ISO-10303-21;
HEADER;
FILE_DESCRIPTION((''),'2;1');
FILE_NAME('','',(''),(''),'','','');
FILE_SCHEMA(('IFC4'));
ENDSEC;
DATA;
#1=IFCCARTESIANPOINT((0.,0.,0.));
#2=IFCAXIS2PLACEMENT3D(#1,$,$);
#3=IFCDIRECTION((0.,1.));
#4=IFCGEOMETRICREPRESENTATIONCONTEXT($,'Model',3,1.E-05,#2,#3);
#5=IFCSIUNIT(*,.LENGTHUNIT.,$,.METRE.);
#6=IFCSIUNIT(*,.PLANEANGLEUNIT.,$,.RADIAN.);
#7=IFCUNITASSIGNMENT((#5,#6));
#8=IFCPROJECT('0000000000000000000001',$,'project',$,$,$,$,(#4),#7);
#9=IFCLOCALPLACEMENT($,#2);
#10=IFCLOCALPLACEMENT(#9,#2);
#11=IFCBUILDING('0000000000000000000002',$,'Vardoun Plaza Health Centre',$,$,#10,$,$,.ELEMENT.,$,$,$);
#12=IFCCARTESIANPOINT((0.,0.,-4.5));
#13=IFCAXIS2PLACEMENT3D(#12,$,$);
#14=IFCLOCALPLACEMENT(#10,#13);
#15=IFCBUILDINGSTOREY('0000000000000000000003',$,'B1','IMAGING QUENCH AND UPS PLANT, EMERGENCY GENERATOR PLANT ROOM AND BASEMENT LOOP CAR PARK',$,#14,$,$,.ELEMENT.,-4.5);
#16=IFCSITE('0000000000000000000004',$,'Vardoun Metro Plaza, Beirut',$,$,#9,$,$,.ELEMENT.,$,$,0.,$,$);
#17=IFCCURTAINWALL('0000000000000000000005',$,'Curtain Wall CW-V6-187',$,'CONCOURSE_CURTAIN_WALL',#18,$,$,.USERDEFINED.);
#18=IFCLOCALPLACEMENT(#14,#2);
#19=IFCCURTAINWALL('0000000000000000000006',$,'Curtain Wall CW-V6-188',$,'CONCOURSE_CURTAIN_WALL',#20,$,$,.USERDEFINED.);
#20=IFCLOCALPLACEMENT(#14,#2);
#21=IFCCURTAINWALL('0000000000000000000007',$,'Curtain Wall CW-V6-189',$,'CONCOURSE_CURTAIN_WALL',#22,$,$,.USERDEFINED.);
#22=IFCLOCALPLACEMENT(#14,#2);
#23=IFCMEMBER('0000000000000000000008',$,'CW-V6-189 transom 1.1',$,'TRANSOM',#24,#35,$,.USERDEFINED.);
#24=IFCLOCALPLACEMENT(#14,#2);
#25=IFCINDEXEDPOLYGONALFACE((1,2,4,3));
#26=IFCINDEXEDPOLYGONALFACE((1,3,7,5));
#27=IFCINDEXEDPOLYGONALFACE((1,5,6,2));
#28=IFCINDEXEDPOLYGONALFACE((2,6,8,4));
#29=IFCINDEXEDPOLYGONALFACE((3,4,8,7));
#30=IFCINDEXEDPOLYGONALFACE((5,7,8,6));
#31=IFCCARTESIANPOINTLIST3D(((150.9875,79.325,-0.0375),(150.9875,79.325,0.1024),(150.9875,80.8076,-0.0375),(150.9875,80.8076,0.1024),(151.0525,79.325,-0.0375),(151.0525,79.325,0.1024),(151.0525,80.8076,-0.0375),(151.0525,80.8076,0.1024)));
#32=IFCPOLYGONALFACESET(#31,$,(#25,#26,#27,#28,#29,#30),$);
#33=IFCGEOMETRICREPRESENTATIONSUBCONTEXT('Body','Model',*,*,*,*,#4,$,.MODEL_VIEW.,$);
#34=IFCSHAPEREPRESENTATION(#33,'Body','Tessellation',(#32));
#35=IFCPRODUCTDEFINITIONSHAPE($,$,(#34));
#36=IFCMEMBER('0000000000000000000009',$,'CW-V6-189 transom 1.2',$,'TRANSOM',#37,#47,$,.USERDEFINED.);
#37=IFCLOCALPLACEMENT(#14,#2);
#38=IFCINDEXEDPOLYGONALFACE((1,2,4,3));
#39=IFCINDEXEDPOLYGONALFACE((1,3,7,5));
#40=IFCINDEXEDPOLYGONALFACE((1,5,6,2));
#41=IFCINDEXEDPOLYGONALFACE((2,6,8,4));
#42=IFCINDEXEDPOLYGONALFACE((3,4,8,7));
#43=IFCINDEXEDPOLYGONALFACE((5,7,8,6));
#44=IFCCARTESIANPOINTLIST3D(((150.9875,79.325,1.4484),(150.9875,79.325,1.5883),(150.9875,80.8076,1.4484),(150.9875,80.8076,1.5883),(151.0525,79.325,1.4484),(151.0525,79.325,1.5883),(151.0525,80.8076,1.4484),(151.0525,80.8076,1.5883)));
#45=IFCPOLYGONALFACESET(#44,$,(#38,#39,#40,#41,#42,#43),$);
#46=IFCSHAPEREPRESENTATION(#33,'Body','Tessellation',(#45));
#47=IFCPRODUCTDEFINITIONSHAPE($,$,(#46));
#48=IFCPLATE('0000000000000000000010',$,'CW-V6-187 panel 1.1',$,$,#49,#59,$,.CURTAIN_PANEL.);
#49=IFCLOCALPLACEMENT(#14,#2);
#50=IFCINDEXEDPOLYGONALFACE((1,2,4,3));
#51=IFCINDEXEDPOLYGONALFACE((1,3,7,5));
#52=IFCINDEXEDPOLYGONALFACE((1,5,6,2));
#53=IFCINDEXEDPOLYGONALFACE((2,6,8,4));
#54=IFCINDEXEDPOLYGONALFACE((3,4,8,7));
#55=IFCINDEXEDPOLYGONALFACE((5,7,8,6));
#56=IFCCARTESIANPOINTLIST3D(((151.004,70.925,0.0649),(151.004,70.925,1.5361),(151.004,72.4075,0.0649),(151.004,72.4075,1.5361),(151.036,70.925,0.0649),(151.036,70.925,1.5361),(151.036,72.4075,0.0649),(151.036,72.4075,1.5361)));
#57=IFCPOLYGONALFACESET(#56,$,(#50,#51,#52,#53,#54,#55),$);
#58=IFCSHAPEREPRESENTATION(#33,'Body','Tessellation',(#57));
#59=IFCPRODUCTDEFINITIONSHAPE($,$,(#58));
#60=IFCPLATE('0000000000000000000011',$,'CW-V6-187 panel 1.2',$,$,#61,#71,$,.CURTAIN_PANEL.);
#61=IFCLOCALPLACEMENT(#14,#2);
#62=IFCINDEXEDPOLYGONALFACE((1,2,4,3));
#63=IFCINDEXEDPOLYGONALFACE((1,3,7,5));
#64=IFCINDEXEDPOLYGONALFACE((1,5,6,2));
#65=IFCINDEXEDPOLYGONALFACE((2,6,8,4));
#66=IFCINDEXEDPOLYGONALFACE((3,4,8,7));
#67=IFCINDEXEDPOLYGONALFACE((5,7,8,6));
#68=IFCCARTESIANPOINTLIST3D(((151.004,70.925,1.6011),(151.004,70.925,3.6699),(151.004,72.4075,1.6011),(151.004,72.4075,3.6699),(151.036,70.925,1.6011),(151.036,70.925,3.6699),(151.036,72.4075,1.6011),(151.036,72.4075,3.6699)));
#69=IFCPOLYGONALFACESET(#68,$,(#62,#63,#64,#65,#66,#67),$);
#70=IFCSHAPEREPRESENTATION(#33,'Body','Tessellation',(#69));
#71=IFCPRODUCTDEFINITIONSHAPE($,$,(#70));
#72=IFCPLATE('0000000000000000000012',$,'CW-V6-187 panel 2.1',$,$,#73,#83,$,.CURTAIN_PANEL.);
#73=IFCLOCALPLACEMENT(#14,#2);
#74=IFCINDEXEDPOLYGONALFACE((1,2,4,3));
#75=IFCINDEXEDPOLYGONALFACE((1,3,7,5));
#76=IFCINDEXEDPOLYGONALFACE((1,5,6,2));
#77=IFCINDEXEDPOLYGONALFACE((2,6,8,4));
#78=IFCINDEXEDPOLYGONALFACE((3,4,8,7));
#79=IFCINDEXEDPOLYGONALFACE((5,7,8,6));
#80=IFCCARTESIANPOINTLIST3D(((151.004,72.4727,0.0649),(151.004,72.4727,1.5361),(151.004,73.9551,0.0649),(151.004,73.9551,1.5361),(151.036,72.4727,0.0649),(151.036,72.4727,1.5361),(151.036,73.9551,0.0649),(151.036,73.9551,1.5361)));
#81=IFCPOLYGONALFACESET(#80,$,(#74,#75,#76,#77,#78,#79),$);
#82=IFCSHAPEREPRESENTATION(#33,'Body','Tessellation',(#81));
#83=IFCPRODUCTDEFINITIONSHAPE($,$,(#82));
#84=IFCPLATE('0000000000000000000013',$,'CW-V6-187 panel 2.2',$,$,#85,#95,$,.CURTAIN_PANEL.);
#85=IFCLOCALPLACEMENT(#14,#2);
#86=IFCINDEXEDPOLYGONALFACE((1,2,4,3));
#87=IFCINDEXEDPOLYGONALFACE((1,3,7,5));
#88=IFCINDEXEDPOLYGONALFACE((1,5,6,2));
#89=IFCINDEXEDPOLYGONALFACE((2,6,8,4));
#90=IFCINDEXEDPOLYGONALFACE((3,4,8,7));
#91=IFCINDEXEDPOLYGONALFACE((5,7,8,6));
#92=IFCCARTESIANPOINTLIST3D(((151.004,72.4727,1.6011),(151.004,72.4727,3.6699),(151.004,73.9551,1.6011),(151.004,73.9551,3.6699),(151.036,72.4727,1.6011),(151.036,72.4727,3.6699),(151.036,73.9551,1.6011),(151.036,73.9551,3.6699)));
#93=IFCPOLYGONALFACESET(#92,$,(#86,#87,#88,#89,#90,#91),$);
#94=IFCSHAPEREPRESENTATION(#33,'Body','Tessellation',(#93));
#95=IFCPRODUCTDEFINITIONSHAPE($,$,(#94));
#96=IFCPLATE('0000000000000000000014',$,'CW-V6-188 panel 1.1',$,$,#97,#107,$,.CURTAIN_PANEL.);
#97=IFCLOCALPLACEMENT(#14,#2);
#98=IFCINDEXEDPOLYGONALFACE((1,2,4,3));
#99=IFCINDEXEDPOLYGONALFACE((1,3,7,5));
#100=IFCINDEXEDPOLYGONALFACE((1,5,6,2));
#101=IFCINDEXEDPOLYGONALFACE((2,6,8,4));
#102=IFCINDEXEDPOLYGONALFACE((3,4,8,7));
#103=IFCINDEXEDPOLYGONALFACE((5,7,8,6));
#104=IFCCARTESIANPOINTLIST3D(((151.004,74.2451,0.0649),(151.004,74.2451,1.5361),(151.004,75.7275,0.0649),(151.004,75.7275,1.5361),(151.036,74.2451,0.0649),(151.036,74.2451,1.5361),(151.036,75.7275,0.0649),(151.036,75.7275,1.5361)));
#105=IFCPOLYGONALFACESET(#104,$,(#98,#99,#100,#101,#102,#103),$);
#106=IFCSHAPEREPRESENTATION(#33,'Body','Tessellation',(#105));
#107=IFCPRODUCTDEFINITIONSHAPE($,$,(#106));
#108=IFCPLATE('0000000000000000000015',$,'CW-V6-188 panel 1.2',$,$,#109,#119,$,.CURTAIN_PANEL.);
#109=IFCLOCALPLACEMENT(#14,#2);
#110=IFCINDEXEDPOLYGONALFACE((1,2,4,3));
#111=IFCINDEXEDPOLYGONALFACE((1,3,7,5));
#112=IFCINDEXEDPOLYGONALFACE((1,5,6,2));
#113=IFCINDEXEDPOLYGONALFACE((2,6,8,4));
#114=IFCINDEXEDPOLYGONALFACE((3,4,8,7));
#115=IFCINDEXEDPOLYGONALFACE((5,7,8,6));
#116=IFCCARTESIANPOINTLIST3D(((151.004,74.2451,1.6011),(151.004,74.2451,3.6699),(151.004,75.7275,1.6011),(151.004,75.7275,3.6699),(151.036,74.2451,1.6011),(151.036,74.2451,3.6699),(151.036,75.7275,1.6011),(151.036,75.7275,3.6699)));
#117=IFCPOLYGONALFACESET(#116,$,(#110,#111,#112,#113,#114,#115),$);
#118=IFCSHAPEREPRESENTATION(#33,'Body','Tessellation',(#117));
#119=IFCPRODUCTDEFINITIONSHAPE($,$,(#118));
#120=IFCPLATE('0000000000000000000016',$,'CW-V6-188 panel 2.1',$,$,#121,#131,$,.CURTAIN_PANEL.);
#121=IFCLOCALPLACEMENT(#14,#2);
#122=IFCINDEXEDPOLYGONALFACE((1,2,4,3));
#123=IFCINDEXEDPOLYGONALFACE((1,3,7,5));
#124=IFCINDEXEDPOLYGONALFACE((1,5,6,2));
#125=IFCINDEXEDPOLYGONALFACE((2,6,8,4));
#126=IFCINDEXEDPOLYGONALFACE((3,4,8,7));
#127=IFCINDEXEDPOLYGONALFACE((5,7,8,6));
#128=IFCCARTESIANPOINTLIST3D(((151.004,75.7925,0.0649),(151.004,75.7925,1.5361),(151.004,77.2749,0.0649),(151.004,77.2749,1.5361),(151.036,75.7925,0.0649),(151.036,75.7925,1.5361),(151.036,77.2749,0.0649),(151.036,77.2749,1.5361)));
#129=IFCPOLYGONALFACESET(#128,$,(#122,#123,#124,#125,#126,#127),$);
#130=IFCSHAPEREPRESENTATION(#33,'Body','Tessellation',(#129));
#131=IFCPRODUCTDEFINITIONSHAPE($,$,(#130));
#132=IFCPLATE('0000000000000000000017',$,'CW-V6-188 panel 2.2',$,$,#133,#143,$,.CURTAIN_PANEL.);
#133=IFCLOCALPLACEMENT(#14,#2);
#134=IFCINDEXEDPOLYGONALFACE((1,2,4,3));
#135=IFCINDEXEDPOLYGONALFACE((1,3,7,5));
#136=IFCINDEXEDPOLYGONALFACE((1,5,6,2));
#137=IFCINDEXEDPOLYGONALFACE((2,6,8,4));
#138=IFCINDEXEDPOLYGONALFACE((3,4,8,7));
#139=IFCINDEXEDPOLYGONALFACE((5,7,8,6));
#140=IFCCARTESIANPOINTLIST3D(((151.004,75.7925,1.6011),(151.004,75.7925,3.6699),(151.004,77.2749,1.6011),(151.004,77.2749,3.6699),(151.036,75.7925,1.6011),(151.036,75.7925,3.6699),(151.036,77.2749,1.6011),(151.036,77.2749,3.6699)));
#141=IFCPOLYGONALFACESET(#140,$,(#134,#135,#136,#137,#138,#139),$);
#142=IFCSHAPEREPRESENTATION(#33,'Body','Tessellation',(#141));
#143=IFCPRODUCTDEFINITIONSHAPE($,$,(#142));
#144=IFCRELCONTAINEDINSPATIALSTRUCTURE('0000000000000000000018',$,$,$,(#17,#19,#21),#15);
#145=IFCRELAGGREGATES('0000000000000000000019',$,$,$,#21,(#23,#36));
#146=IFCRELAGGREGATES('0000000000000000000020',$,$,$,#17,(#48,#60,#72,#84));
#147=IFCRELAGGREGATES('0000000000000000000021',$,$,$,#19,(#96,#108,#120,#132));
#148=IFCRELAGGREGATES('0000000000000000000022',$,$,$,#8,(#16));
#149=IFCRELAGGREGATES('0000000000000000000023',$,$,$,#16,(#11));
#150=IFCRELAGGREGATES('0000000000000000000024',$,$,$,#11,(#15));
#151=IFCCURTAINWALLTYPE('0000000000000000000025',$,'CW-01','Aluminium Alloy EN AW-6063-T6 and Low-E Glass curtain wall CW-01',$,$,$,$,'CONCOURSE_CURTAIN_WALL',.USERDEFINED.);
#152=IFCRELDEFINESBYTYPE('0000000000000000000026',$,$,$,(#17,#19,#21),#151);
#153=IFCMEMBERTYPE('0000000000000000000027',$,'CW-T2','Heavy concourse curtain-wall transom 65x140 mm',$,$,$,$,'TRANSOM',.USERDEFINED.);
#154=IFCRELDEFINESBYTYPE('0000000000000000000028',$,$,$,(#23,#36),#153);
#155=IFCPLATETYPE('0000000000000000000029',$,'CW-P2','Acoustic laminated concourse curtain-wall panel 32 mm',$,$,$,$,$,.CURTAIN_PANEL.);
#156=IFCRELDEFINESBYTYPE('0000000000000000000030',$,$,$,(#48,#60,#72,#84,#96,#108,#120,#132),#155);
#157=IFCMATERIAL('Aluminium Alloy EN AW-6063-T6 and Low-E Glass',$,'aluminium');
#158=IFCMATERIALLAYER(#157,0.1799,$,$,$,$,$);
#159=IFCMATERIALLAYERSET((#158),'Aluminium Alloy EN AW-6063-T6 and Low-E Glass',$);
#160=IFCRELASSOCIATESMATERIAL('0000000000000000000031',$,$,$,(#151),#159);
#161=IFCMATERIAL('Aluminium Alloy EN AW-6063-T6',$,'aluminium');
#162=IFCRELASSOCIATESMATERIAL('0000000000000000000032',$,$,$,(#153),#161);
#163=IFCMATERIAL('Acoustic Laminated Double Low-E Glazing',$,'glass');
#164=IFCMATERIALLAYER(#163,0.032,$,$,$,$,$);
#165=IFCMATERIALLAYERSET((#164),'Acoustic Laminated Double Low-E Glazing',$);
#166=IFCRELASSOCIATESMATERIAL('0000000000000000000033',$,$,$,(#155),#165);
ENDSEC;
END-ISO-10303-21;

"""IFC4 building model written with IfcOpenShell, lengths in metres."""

from ifc_helpers import new_model, si_unit, direction, frame, origin, origin_2d, place, context, subcontext, project, spatial, rectangle, extrude, material, layer, layer_set, material_profile, profile_set, type_object, element, aggregate, save


model = new_model("IFC4")

# Units and contexts
model_context = context("Model", 3, precision=1e-05, world=origin(), true_north=direction((0.0, 1.0)))
body_context = subcontext(model_context, "Body", "Model", "MODEL_VIEW")
ifc_project = project(units=[si_unit("LENGTHUNIT", "METRE"), si_unit("PLANEANGLEUNIT", "RADIAN")], contexts=[model_context])

# Site, building, storey
site_placement = place(None, origin())
site = spatial("IfcSite", under=ifc_project, at=site_placement, Name="Vardoun Metro Plaza, Beirut", CompositionType="ELEMENT", RefElevation=0.0)
building_placement = place(site_placement, origin())
building = spatial("IfcBuilding", under=site, at=building_placement, Name="Vardoun Plaza Health Centre", CompositionType="ELEMENT")
storey_placement = place(building_placement, frame((0.0, 0.0, -4.5)))
storey = spatial("IfcBuildingStorey", under=building, at=storey_placement, Name="B1", Description="IMAGING QUENCH AND UPS PLANT, EMERGENCY GENERATOR PLANT ROOM AND BASEMENT LOOP CAR PARK", CompositionType="ELEMENT", Elevation=-4.5)

# Curtain walls
ifc_material_1 = material(Name="Aluminium Alloy EN AW-6063-T6 and Low-E Glass", Category="aluminium")
ifc_layer_1 = layer(ifc_material_1, 0.1799)
ifc_layer_set_1 = layer_set([ifc_layer_1], Name="Aluminium Alloy EN AW-6063-T6 and Low-E Glass")
curtain_wall_type = type_object("IfcCurtainWallType", Name="CW-01", Description="Aluminium Alloy EN AW-6063-T6 and Low-E Glass curtain wall CW-01", ElementType="CONCOURSE_CURTAIN_WALL", PredefinedType="USERDEFINED", material=ifc_layer_set_1)
curtain_wall_1_placement = place(storey_placement, origin())
curtain_wall_1 = element("IfcCurtainWall", 1, at=curtain_wall_1_placement, inside=storey, type_object=curtain_wall_type, Name="Curtain Wall CW-V6-187", ObjectType="CONCOURSE_CURTAIN_WALL", PredefinedType="USERDEFINED")
curtain_wall_2_placement = place(storey_placement, origin())
curtain_wall_2 = element("IfcCurtainWall", 2, at=curtain_wall_2_placement, inside=storey, type_object=curtain_wall_type, Name="Curtain Wall CW-V6-188", ObjectType="CONCOURSE_CURTAIN_WALL", PredefinedType="USERDEFINED")

# Curtain wall
curtain_wall_3_placement = place(storey_placement, origin())
curtain_wall_3 = element("IfcCurtainWall", 3, at=curtain_wall_3_placement, inside=storey, type_object=curtain_wall_type, Name="Curtain Wall CW-V6-189", ObjectType="CONCOURSE_CURTAIN_WALL", PredefinedType="USERDEFINED")

# Members
ifc_material_2 = material(Name="Aluminium Alloy EN AW-6063-T6", Category="aluminium")
ifc_material_profile_1 = material_profile(ifc_material_2, rectangle(XDim=0.0649, YDim=0.1399, at=origin_2d()), Name="CWT 65x140")
ifc_profile_set_1 = profile_set([ifc_material_profile_1], Name="Aluminium Alloy EN AW-6063-T6")
member_type_1 = type_object("IfcMemberType", Name="CW-T2", Description="Heavy concourse curtain-wall transom 65x140 mm", ElementType="TRANSOM", PredefinedType="USERDEFINED", material=ifc_profile_set_1)
member_1_placement = place(storey_placement, frame((151.02, 79.325, 0.0325), z_axis=(0.0, 1.0, 0.0), x_axis=(-1.0, 0.0, 0.0)))
member_1 = element("IfcMember", 4, at=member_1_placement, type_object=member_type_1, Name="CW-V6-189 transom 1.1", ObjectType="TRANSOM", PredefinedType="USERDEFINED", context=body_context, shape_type="SweptSolid", body=[
    extrude(rectangle(XDim=0.0649, YDim=0.1399, at=origin_2d()), origin(), (0.0, 0.0, 1.0), 1.4827),
])
member_2_placement = place(storey_placement, frame((151.02, 79.325, 1.5183), z_axis=(0.0, 1.0, 0.0), x_axis=(-1.0, 0.0, 0.0)))
member_2 = element("IfcMember", 5, at=member_2_placement, type_object=member_type_1, Name="CW-V6-189 transom 1.2", ObjectType="TRANSOM", PredefinedType="USERDEFINED", context=body_context, shape_type="SweptSolid", body=[
    extrude(rectangle(XDim=0.0649, YDim=0.1399, at=origin_2d()), origin(), (0.0, 0.0, 1.0), 1.4827),
])
aggregate(curtain_wall_3, [member_1, member_2])

# Plates
ifc_material_3 = material(Name="Acoustic Laminated Double Low-E Glazing", Category="glass")
ifc_layer_2 = layer(ifc_material_3, 0.032)
ifc_layer_set_2 = layer_set([ifc_layer_2], Name="Acoustic Laminated Double Low-E Glazing")
plate_type = type_object("IfcPlateType", Name="CW-P2", Description="Acoustic laminated concourse curtain-wall panel 32 mm", PredefinedType="CURTAIN_PANEL", material=ifc_layer_set_2)
plate_1_placement = place(storey_placement, frame((151.02, 71.6663, 0.0649), z_axis=(0.0, 0.0, 1.0), x_axis=(0.0, 1.0, 0.0)))
plate_1 = element("IfcPlate", 6, at=plate_1_placement, type_object=plate_type, Name="CW-V6-187 panel 1.1", PredefinedType="CURTAIN_PANEL", context=body_context, shape_type="SweptSolid", body=[
    extrude(rectangle(XDim=1.4824, YDim=0.032, at=origin_2d()), origin(), (0.0, 0.0, 1.0), 1.4712),
])
plate_2_placement = place(storey_placement, frame((151.02, 71.6663, 1.6011), z_axis=(0.0, 0.0, 1.0), x_axis=(0.0, 1.0, 0.0)))
plate_2 = element("IfcPlate", 7, at=plate_2_placement, type_object=plate_type, Name="CW-V6-187 panel 1.2", PredefinedType="CURTAIN_PANEL", context=body_context, shape_type="SweptSolid", body=[
    extrude(rectangle(XDim=1.4824, YDim=0.032, at=origin_2d()), origin(), (0.0, 0.0, 1.0), 2.0688),
])
plate_3_placement = place(storey_placement, frame((151.02, 73.2139, 0.0649), z_axis=(0.0, 0.0, 1.0), x_axis=(0.0, 1.0, 0.0)))
plate_3 = element("IfcPlate", 8, at=plate_3_placement, type_object=plate_type, Name="CW-V6-187 panel 2.1", PredefinedType="CURTAIN_PANEL", context=body_context, shape_type="SweptSolid", body=[
    extrude(rectangle(XDim=1.4824, YDim=0.032, at=origin_2d()), origin(), (0.0, 0.0, 1.0), 1.4712),
])
plate_4_placement = place(storey_placement, frame((151.02, 73.2139, 1.6011), z_axis=(0.0, 0.0, 1.0), x_axis=(0.0, 1.0, 0.0)))
plate_4 = element("IfcPlate", 9, at=plate_4_placement, type_object=plate_type, Name="CW-V6-187 panel 2.2", PredefinedType="CURTAIN_PANEL", context=body_context, shape_type="SweptSolid", body=[
    extrude(rectangle(XDim=1.4824, YDim=0.032, at=origin_2d()), origin(), (0.0, 0.0, 1.0), 2.0688),
])
aggregate(curtain_wall_1, [plate_1, plate_2, plate_3, plate_4])
plate_5_placement = place(storey_placement, frame((151.02, 74.9863, 0.0649), z_axis=(0.0, 0.0, 1.0), x_axis=(0.0, 1.0, 0.0)))
plate_5 = element("IfcPlate", 10, at=plate_5_placement, type_object=plate_type, Name="CW-V6-188 panel 1.1", PredefinedType="CURTAIN_PANEL", context=body_context, shape_type="SweptSolid", body=[
    extrude(rectangle(XDim=1.4824, YDim=0.032, at=origin_2d()), origin(), (0.0, 0.0, 1.0), 1.4712),
])
plate_6_placement = place(storey_placement, frame((151.02, 74.9863, 1.6011), z_axis=(0.0, 0.0, 1.0), x_axis=(0.0, 1.0, 0.0)))
plate_6 = element("IfcPlate", 11, at=plate_6_placement, type_object=plate_type, Name="CW-V6-188 panel 1.2", PredefinedType="CURTAIN_PANEL", context=body_context, shape_type="SweptSolid", body=[
    extrude(rectangle(XDim=1.4824, YDim=0.032, at=origin_2d()), origin(), (0.0, 0.0, 1.0), 2.0688),
])
plate_7_placement = place(storey_placement, frame((151.02, 76.5337, 0.0649), z_axis=(0.0, 0.0, 1.0), x_axis=(0.0, 1.0, 0.0)))
plate_7 = element("IfcPlate", 12, at=plate_7_placement, type_object=plate_type, Name="CW-V6-188 panel 2.1", PredefinedType="CURTAIN_PANEL", context=body_context, shape_type="SweptSolid", body=[
    extrude(rectangle(XDim=1.4824, YDim=0.032, at=origin_2d()), origin(), (0.0, 0.0, 1.0), 1.4712),
])
plate_8_placement = place(storey_placement, frame((151.02, 76.5337, 1.6011), z_axis=(0.0, 0.0, 1.0), x_axis=(0.0, 1.0, 0.0)))
plate_8 = element("IfcPlate", 13, at=plate_8_placement, type_object=plate_type, Name="CW-V6-188 panel 2.2", PredefinedType="CURTAIN_PANEL", context=body_context, shape_type="SweptSolid", body=[
    extrude(rectangle(XDim=1.4824, YDim=0.032, at=origin_2d()), origin(), (0.0, 0.0, 1.0), 2.0688),
])
aggregate(curtain_wall_2, [plate_5, plate_6, plate_7, plate_8])

save(model, "model.ifc")
